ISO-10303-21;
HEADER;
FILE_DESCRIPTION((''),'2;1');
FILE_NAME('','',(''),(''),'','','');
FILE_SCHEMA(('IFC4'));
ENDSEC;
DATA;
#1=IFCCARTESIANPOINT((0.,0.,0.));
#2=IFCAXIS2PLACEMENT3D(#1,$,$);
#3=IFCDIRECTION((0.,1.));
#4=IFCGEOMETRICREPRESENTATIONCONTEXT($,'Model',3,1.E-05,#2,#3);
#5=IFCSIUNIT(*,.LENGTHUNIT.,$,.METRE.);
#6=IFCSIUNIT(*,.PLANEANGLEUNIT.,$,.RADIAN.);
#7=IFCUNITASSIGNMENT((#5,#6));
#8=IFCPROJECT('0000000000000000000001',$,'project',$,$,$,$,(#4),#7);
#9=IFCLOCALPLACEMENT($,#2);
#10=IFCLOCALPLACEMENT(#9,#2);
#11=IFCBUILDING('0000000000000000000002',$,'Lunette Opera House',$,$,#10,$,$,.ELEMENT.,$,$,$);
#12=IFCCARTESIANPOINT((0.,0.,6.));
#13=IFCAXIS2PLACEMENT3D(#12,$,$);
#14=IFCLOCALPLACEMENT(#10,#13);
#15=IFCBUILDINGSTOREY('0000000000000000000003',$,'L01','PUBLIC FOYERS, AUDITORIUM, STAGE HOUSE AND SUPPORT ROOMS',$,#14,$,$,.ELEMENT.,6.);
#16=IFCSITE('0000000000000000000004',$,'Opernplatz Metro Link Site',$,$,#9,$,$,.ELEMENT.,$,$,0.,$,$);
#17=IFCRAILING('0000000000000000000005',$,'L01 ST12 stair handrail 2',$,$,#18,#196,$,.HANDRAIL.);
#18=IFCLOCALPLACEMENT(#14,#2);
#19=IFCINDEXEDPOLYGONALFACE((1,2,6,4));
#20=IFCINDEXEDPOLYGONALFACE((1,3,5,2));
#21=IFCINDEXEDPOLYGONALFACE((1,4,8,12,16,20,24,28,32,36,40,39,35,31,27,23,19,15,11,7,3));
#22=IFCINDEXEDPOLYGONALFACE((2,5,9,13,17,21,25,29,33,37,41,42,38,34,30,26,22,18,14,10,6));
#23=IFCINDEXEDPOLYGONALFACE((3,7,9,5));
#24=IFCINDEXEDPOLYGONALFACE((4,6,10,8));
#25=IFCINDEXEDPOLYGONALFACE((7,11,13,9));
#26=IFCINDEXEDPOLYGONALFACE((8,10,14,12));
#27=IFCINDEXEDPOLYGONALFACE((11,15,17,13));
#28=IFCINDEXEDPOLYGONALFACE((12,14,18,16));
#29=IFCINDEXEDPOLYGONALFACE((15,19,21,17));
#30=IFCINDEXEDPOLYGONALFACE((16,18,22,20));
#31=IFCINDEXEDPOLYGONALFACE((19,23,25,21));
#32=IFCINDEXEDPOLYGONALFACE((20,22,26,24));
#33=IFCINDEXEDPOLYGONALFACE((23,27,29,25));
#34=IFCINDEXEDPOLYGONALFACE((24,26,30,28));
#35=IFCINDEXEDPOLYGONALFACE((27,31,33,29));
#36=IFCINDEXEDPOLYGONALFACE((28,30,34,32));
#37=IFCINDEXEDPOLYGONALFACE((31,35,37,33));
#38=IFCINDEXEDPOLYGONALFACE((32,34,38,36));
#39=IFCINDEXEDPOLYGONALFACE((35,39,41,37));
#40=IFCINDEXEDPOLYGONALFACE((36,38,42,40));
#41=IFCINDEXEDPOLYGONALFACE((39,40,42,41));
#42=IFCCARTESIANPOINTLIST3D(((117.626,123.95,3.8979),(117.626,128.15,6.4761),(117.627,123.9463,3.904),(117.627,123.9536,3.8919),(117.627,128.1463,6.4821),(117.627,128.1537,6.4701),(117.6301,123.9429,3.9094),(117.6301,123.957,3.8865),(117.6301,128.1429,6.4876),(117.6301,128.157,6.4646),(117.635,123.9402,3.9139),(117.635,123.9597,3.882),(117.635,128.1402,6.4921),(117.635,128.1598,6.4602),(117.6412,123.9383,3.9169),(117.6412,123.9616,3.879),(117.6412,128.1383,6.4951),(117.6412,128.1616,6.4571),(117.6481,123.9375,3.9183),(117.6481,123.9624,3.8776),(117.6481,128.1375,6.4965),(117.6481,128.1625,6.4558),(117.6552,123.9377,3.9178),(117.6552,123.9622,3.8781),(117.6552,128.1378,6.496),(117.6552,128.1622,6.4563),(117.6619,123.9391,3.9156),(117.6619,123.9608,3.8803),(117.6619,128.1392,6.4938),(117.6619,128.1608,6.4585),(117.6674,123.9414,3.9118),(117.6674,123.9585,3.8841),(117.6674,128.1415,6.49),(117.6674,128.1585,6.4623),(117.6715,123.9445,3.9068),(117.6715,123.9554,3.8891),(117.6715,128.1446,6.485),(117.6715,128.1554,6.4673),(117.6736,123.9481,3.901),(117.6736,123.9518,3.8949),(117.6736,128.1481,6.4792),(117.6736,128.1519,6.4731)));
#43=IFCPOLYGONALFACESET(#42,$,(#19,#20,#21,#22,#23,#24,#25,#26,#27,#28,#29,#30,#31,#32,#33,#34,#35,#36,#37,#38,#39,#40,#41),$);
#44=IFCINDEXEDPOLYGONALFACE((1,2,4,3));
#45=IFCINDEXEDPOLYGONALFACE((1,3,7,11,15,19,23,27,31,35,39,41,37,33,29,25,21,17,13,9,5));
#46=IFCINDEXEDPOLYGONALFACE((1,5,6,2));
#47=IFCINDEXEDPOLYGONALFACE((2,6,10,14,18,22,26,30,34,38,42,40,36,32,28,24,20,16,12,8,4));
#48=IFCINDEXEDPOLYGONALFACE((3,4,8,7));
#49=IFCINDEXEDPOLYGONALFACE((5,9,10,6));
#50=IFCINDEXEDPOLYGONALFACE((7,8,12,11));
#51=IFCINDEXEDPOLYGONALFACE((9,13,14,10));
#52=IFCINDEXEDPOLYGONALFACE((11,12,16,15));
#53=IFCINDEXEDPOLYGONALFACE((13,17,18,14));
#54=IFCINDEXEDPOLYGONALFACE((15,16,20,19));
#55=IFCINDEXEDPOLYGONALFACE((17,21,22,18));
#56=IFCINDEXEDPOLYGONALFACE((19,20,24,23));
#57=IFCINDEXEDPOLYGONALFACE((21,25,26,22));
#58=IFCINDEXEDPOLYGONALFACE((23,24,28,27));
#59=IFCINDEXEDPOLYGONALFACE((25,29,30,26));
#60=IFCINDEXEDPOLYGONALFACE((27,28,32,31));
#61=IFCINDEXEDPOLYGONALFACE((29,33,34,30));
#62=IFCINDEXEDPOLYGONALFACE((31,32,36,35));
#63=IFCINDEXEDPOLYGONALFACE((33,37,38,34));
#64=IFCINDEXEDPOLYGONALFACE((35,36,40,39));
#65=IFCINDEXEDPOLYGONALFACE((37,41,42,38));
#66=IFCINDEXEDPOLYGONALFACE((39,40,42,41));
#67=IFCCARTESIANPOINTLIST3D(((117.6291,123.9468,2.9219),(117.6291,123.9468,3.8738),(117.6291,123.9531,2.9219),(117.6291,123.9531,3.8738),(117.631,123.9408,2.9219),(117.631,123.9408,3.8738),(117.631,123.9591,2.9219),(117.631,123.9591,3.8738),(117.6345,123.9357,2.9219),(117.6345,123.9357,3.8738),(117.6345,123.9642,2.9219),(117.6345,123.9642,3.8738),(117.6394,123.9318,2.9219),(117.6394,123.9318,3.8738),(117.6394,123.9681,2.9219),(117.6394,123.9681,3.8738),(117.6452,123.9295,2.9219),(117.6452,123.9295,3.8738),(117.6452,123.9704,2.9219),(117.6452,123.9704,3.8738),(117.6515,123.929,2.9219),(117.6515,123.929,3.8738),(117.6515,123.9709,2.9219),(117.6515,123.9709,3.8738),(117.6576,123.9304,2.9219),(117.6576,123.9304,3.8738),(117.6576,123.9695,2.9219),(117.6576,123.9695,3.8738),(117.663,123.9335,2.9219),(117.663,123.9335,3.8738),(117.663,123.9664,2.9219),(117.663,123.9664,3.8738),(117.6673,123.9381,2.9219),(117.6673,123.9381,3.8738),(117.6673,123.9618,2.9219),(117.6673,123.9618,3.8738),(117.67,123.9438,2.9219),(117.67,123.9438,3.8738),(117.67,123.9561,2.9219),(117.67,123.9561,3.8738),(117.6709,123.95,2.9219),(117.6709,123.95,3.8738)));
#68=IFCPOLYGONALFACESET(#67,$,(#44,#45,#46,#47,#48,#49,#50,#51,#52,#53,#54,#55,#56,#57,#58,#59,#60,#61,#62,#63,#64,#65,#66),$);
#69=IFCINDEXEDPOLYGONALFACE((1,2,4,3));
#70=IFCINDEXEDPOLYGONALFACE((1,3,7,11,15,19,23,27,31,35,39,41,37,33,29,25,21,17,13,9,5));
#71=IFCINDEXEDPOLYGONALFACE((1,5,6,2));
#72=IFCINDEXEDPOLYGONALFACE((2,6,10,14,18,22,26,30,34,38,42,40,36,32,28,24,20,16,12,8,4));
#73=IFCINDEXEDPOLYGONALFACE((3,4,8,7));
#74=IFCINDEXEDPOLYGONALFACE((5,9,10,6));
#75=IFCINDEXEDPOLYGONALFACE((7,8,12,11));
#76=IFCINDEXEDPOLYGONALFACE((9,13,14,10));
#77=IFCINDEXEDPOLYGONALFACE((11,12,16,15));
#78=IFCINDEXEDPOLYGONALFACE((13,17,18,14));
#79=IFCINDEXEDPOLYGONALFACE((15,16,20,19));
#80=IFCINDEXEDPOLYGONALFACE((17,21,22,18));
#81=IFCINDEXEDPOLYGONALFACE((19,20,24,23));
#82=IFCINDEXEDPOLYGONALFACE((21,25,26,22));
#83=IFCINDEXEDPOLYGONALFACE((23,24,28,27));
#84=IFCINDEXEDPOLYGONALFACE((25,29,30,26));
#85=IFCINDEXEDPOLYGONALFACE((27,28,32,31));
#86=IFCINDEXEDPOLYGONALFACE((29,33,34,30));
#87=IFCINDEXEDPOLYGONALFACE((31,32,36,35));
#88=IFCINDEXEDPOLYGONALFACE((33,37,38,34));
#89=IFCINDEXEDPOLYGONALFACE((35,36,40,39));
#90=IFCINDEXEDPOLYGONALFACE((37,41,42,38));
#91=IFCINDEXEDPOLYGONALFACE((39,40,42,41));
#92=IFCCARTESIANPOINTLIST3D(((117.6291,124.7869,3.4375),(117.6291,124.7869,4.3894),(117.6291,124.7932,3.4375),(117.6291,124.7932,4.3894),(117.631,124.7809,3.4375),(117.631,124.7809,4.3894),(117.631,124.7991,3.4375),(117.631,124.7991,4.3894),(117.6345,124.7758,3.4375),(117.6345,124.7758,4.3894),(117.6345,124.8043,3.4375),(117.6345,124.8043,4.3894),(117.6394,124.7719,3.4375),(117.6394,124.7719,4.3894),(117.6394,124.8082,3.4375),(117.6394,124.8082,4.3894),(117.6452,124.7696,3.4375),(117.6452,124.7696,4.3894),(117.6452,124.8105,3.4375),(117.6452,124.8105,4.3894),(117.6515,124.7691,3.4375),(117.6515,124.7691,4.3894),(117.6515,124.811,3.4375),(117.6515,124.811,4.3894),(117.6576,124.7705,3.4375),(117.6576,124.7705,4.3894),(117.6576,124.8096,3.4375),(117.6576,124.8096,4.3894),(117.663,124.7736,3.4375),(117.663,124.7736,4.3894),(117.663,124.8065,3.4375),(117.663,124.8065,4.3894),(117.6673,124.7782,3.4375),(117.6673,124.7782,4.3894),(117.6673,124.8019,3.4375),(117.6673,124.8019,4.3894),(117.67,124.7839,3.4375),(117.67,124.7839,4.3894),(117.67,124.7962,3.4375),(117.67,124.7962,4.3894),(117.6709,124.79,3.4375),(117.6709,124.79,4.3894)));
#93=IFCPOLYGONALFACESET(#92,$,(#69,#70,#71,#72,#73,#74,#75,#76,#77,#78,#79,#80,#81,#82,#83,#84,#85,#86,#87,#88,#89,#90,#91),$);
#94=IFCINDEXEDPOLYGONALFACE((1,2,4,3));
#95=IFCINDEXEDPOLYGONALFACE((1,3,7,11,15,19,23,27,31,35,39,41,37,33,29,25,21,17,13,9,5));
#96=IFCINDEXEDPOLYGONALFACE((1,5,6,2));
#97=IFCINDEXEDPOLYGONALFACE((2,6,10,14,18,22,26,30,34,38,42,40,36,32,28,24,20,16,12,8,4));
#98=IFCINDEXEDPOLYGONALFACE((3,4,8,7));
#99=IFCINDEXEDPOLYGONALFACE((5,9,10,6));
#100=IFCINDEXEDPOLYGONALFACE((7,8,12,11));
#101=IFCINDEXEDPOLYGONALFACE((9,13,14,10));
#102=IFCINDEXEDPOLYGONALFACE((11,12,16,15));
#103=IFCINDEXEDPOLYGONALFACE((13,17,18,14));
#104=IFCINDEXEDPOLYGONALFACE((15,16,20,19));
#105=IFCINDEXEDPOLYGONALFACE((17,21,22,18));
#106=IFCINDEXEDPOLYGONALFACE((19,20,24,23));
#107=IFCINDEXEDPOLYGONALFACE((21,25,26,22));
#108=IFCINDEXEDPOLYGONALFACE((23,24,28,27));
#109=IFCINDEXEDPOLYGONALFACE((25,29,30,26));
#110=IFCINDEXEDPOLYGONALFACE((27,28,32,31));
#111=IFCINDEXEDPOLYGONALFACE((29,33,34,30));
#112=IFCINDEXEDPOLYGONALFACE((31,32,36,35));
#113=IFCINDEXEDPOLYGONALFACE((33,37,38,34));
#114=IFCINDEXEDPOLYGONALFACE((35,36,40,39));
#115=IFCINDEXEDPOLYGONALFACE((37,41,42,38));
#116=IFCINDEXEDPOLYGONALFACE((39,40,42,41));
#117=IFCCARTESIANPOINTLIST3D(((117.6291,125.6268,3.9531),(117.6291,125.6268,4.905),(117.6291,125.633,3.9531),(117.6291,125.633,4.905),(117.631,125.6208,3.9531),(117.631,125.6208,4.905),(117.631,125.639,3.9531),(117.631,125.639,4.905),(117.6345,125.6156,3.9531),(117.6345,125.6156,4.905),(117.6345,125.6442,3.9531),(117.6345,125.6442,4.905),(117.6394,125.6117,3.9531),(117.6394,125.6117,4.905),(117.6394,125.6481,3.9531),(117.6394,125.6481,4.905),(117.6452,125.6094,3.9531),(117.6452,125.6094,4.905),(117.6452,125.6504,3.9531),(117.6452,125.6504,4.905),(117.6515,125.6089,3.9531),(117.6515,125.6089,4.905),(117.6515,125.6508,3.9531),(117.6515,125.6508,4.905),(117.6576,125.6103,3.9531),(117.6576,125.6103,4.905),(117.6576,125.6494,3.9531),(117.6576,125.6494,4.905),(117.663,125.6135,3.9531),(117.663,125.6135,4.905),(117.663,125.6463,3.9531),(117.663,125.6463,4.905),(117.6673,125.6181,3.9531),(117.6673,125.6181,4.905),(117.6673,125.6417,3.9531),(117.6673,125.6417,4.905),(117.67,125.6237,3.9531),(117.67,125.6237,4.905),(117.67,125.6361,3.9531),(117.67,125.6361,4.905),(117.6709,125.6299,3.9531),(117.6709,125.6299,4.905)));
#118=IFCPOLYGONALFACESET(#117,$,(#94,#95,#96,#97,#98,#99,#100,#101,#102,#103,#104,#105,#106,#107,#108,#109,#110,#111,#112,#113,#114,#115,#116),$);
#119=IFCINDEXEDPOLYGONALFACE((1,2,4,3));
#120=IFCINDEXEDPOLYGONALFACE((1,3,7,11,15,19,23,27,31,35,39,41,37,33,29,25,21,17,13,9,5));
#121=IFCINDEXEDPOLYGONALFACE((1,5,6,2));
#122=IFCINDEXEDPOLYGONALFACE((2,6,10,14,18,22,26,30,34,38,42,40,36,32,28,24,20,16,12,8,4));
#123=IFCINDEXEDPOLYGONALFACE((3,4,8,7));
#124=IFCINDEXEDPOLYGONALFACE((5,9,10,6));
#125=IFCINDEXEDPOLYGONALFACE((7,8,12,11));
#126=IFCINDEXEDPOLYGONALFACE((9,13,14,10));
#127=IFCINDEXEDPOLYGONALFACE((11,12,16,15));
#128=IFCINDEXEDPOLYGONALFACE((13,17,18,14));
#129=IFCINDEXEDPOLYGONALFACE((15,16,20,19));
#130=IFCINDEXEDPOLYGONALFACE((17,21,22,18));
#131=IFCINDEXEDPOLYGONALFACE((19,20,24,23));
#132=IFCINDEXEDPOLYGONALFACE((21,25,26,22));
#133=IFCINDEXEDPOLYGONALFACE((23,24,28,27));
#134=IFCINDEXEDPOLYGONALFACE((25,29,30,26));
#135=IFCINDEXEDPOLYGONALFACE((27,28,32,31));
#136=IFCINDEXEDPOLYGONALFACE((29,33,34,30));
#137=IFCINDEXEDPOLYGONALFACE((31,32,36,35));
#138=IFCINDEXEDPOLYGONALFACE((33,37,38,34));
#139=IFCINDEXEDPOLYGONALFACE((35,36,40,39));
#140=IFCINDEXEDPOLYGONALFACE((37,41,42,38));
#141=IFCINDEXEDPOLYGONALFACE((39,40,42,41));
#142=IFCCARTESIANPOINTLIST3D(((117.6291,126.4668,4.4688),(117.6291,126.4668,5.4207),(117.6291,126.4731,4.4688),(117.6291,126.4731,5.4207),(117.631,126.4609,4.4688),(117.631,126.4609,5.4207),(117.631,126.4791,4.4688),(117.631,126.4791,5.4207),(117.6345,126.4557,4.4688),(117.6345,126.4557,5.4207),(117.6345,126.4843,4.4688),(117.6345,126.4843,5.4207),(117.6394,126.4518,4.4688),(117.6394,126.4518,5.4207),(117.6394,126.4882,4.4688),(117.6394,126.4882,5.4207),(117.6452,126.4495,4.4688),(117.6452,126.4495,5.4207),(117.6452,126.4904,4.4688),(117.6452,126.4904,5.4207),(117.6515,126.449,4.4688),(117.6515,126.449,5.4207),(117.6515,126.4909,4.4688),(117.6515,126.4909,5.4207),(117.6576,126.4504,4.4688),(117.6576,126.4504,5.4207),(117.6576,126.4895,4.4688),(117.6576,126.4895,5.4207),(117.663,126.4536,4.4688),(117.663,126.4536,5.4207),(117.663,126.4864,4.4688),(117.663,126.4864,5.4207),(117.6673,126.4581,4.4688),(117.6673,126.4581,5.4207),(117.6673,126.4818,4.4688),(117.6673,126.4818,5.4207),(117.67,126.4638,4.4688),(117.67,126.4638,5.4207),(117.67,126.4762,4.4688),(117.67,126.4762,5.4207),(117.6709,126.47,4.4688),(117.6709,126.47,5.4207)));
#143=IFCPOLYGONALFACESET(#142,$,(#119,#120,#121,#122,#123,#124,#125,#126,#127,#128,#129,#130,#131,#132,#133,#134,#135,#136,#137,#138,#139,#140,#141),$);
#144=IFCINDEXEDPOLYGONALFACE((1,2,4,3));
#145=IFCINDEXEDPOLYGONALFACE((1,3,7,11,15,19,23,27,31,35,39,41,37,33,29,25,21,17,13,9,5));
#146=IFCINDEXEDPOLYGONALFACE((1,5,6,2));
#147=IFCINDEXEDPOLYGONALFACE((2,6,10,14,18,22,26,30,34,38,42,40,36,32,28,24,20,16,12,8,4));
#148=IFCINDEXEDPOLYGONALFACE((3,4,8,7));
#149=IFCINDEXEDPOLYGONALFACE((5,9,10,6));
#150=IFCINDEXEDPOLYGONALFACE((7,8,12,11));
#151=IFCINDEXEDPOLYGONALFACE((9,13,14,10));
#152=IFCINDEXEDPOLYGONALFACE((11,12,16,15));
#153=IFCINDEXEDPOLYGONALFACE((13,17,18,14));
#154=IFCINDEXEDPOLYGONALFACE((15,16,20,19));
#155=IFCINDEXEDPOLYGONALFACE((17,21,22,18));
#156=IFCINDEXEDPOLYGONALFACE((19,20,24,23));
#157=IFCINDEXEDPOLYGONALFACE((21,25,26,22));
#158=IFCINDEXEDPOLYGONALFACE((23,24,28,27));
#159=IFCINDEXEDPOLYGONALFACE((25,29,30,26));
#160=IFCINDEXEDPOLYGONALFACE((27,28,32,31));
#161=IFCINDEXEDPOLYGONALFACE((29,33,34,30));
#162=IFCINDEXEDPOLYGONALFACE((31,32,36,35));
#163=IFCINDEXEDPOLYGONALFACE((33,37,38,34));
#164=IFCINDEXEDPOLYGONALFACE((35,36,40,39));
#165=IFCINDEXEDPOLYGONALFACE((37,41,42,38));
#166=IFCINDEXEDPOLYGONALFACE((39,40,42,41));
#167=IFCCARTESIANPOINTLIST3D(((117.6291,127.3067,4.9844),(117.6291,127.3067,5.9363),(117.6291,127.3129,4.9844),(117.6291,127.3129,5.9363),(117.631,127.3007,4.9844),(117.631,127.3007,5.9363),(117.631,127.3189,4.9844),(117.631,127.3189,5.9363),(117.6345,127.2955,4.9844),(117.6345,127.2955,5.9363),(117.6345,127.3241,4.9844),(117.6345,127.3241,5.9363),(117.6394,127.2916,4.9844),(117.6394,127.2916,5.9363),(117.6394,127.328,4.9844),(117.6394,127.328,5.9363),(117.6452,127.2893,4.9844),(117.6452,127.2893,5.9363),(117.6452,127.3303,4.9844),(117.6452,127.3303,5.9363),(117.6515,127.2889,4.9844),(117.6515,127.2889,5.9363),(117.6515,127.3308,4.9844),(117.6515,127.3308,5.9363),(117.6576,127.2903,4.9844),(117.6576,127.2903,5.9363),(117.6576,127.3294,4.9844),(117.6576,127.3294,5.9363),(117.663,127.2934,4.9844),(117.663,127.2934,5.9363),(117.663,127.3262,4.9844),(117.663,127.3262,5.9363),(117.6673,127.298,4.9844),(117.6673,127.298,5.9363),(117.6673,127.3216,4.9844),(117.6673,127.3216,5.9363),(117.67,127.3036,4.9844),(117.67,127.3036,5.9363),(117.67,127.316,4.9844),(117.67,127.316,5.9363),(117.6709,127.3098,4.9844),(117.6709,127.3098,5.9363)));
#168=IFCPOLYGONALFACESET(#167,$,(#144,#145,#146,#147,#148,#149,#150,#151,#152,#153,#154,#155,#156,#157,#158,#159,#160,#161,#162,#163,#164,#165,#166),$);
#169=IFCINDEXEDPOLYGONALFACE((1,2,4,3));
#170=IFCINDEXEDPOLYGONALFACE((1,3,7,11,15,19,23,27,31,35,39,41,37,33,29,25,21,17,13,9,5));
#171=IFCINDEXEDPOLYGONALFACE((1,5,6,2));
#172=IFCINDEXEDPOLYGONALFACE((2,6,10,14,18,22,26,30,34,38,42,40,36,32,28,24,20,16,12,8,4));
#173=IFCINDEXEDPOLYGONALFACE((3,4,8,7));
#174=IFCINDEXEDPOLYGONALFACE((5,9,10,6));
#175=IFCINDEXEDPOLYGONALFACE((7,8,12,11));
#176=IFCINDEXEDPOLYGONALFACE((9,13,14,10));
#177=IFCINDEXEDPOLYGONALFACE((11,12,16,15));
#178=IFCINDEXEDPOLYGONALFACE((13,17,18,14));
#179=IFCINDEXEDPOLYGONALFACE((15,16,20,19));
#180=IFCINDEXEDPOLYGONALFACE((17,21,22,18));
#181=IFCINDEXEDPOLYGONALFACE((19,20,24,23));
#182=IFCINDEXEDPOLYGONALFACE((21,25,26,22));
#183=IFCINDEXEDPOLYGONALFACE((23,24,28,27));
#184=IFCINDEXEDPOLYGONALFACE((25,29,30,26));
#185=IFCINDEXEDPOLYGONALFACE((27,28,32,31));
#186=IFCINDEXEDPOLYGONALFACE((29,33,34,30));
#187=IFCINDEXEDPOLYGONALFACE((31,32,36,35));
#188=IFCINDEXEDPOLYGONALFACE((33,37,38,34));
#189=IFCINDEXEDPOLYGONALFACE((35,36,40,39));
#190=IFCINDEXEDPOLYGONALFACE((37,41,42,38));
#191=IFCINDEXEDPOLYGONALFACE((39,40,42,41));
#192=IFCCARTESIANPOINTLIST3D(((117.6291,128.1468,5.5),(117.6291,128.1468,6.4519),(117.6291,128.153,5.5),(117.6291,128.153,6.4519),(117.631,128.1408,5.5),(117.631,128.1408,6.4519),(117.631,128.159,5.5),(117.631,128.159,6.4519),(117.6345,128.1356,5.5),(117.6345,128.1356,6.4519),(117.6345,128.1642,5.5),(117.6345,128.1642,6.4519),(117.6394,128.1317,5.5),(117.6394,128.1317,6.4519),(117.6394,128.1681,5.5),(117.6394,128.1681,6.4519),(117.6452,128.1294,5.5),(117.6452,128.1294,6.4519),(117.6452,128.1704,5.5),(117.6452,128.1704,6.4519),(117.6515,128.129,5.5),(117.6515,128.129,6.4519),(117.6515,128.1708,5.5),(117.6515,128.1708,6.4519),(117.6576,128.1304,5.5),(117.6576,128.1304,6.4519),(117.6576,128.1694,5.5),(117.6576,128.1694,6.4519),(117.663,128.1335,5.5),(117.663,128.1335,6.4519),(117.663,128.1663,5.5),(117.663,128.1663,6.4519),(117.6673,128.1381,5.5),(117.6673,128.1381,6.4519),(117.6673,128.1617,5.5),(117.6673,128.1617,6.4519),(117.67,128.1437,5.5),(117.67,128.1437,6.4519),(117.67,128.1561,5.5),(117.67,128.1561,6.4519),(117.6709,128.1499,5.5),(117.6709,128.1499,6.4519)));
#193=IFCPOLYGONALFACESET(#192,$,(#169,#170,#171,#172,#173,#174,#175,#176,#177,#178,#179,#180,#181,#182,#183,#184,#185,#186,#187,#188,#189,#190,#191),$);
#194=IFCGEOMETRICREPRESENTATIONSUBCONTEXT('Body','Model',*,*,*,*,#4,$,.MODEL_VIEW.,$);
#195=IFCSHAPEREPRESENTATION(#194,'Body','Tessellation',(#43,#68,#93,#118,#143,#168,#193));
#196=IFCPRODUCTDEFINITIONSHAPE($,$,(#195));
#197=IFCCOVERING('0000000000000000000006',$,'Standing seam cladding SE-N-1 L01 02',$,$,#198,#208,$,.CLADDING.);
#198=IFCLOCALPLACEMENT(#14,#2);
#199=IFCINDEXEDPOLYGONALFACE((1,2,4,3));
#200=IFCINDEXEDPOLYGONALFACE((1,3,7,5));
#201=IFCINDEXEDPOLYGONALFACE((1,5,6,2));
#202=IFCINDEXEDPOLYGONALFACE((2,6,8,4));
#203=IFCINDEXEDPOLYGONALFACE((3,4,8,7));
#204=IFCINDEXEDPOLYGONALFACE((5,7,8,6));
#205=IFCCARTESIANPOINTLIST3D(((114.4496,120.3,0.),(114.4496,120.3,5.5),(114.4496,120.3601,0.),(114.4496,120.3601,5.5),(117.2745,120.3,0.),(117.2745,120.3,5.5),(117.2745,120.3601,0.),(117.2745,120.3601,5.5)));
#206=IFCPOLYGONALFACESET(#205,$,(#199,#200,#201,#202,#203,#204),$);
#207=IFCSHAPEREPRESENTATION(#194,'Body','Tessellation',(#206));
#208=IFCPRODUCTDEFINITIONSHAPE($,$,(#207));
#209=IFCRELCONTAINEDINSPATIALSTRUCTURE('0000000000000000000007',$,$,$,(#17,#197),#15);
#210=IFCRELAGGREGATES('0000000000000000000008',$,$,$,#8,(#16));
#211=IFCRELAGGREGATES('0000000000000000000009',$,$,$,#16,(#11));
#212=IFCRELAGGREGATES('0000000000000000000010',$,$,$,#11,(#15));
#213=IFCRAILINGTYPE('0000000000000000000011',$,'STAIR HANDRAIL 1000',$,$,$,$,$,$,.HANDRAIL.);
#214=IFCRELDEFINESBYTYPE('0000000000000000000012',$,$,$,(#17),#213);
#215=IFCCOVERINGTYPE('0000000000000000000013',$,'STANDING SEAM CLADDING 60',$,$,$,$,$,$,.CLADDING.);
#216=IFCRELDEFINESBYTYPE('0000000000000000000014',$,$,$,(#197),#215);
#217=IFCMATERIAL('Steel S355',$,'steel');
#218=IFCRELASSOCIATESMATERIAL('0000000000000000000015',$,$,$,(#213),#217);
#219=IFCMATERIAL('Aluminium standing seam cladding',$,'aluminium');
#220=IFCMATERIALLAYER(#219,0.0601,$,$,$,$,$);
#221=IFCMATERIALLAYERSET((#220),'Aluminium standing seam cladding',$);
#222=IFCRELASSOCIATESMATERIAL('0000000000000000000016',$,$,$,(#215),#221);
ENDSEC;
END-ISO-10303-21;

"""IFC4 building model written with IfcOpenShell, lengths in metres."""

from ifc_helpers import new_model, si_unit, direction, frame, origin, origin_2d, place, context, subcontext, project, spatial, rectangle, circle, extrude, material, layer, layer_set, type_object, element, save


model = new_model("IFC4")

# Units and contexts
model_context = context("Model", 3, precision=1e-05, world=origin(), true_north=direction((0.0, 1.0)))
body_context = subcontext(model_context, "Body", "Model", "MODEL_VIEW")
ifc_project = project(units=[si_unit("LENGTHUNIT", "METRE"), si_unit("PLANEANGLEUNIT", "RADIAN")], contexts=[model_context])

# Site, building, storey
site_placement = place(None, origin())
site = spatial("IfcSite", under=ifc_project, at=site_placement, Name="Opernplatz Metro Link Site", CompositionType="ELEMENT", RefElevation=0.0)
building_placement = place(site_placement, origin())
building = spatial("IfcBuilding", under=site, at=building_placement, Name="Lunette Opera House", CompositionType="ELEMENT")
storey_placement = place(building_placement, frame((0.0, 0.0, 6.0)))
storey = spatial("IfcBuildingStorey", under=building, at=storey_placement, Name="L01", Description="PUBLIC FOYERS, AUDITORIUM, STAGE HOUSE AND SUPPORT ROOMS", CompositionType="ELEMENT", Elevation=6.0)

# Railing
ifc_material_1 = material(Name="Steel S355", Category="steel")
railing_type_1 = type_object("IfcRailingType", Name="STAIR HANDRAIL 1000", PredefinedType="HANDRAIL", material=ifc_material_1)
railing_1_placement = place(storey_placement, frame((117.6499, 123.95, 2.9219)))
element("IfcRailing", 1, at=railing_1_placement, inside=storey, type_object=railing_type_1, Name="L01 ST12 stair handrail 2", PredefinedType="HANDRAIL", context=body_context, shape_type="SweptSolid", body=[
    extrude(circle(Radius=0.0239, at=origin_2d()), frame((0.0, 0.0, 0.9761), z_axis=(0.0, 0.852243, 0.523146), x_axis=(-1.0, 0.0, 0.0)), (0.0, 0.0, 1.0), 4.9282),
    extrude(circle(Radius=0.021, at=origin_2d()), origin(), (0.0, 0.0, 1.0), 0.9519),
    extrude(circle(Radius=0.021, at=origin_2d()), frame((0.0, 0.8401, 0.5156)), (0.0, 0.0, 1.0), 0.9519),
    extrude(circle(Radius=0.021, at=origin_2d()), frame((0.0, 1.6799, 1.0312)), (0.0, 0.0, 1.0), 0.9519),
    extrude(circle(Radius=0.021, at=origin_2d()), frame((0.0, 2.52, 1.5469)), (0.0, 0.0, 1.0), 0.9519),
    extrude(circle(Radius=0.021, at=origin_2d()), frame((0.0, 3.3599, 2.0625)), (0.0, 0.0, 1.0), 0.9519),
    extrude(circle(Radius=0.021, at=origin_2d()), frame((0.0, 4.2, 2.5781)), (0.0, 0.0, 1.0), 0.9519),
])

# Covering
ifc_material_2 = material(Name="Aluminium standing seam cladding", Category="aluminium")
ifc_layer_1 = layer(ifc_material_2, 0.0601)
ifc_layer_set_1 = layer_set([ifc_layer_1], Name="Aluminium standing seam cladding")
covering_type = type_object("IfcCoveringType", Name="STANDING SEAM CLADDING 60", PredefinedType="CLADDING", material=ifc_layer_set_1)
for number, where, z_axis, x_axis, name in (
    (2, (115.8621, 120.3301, 0.0), (0.0, 0.0, 1.0), (1.0, 0.0, 0.0), "Standing seam cladding SE-N-1 L01 02"),
):
    element("IfcCovering", number, at=place(storey_placement, frame(where, z_axis=z_axis, x_axis=x_axis)), inside=storey, type_object=covering_type, Name=name, PredefinedType="CLADDING", context=body_context, shape_type="SweptSolid", body=[
        extrude(rectangle(XDim=2.825, YDim=0.0601, at=origin_2d()), origin(), (0.0, 0.0, 1.0), 5.5),
    ])

save(model, "model.ifc")
